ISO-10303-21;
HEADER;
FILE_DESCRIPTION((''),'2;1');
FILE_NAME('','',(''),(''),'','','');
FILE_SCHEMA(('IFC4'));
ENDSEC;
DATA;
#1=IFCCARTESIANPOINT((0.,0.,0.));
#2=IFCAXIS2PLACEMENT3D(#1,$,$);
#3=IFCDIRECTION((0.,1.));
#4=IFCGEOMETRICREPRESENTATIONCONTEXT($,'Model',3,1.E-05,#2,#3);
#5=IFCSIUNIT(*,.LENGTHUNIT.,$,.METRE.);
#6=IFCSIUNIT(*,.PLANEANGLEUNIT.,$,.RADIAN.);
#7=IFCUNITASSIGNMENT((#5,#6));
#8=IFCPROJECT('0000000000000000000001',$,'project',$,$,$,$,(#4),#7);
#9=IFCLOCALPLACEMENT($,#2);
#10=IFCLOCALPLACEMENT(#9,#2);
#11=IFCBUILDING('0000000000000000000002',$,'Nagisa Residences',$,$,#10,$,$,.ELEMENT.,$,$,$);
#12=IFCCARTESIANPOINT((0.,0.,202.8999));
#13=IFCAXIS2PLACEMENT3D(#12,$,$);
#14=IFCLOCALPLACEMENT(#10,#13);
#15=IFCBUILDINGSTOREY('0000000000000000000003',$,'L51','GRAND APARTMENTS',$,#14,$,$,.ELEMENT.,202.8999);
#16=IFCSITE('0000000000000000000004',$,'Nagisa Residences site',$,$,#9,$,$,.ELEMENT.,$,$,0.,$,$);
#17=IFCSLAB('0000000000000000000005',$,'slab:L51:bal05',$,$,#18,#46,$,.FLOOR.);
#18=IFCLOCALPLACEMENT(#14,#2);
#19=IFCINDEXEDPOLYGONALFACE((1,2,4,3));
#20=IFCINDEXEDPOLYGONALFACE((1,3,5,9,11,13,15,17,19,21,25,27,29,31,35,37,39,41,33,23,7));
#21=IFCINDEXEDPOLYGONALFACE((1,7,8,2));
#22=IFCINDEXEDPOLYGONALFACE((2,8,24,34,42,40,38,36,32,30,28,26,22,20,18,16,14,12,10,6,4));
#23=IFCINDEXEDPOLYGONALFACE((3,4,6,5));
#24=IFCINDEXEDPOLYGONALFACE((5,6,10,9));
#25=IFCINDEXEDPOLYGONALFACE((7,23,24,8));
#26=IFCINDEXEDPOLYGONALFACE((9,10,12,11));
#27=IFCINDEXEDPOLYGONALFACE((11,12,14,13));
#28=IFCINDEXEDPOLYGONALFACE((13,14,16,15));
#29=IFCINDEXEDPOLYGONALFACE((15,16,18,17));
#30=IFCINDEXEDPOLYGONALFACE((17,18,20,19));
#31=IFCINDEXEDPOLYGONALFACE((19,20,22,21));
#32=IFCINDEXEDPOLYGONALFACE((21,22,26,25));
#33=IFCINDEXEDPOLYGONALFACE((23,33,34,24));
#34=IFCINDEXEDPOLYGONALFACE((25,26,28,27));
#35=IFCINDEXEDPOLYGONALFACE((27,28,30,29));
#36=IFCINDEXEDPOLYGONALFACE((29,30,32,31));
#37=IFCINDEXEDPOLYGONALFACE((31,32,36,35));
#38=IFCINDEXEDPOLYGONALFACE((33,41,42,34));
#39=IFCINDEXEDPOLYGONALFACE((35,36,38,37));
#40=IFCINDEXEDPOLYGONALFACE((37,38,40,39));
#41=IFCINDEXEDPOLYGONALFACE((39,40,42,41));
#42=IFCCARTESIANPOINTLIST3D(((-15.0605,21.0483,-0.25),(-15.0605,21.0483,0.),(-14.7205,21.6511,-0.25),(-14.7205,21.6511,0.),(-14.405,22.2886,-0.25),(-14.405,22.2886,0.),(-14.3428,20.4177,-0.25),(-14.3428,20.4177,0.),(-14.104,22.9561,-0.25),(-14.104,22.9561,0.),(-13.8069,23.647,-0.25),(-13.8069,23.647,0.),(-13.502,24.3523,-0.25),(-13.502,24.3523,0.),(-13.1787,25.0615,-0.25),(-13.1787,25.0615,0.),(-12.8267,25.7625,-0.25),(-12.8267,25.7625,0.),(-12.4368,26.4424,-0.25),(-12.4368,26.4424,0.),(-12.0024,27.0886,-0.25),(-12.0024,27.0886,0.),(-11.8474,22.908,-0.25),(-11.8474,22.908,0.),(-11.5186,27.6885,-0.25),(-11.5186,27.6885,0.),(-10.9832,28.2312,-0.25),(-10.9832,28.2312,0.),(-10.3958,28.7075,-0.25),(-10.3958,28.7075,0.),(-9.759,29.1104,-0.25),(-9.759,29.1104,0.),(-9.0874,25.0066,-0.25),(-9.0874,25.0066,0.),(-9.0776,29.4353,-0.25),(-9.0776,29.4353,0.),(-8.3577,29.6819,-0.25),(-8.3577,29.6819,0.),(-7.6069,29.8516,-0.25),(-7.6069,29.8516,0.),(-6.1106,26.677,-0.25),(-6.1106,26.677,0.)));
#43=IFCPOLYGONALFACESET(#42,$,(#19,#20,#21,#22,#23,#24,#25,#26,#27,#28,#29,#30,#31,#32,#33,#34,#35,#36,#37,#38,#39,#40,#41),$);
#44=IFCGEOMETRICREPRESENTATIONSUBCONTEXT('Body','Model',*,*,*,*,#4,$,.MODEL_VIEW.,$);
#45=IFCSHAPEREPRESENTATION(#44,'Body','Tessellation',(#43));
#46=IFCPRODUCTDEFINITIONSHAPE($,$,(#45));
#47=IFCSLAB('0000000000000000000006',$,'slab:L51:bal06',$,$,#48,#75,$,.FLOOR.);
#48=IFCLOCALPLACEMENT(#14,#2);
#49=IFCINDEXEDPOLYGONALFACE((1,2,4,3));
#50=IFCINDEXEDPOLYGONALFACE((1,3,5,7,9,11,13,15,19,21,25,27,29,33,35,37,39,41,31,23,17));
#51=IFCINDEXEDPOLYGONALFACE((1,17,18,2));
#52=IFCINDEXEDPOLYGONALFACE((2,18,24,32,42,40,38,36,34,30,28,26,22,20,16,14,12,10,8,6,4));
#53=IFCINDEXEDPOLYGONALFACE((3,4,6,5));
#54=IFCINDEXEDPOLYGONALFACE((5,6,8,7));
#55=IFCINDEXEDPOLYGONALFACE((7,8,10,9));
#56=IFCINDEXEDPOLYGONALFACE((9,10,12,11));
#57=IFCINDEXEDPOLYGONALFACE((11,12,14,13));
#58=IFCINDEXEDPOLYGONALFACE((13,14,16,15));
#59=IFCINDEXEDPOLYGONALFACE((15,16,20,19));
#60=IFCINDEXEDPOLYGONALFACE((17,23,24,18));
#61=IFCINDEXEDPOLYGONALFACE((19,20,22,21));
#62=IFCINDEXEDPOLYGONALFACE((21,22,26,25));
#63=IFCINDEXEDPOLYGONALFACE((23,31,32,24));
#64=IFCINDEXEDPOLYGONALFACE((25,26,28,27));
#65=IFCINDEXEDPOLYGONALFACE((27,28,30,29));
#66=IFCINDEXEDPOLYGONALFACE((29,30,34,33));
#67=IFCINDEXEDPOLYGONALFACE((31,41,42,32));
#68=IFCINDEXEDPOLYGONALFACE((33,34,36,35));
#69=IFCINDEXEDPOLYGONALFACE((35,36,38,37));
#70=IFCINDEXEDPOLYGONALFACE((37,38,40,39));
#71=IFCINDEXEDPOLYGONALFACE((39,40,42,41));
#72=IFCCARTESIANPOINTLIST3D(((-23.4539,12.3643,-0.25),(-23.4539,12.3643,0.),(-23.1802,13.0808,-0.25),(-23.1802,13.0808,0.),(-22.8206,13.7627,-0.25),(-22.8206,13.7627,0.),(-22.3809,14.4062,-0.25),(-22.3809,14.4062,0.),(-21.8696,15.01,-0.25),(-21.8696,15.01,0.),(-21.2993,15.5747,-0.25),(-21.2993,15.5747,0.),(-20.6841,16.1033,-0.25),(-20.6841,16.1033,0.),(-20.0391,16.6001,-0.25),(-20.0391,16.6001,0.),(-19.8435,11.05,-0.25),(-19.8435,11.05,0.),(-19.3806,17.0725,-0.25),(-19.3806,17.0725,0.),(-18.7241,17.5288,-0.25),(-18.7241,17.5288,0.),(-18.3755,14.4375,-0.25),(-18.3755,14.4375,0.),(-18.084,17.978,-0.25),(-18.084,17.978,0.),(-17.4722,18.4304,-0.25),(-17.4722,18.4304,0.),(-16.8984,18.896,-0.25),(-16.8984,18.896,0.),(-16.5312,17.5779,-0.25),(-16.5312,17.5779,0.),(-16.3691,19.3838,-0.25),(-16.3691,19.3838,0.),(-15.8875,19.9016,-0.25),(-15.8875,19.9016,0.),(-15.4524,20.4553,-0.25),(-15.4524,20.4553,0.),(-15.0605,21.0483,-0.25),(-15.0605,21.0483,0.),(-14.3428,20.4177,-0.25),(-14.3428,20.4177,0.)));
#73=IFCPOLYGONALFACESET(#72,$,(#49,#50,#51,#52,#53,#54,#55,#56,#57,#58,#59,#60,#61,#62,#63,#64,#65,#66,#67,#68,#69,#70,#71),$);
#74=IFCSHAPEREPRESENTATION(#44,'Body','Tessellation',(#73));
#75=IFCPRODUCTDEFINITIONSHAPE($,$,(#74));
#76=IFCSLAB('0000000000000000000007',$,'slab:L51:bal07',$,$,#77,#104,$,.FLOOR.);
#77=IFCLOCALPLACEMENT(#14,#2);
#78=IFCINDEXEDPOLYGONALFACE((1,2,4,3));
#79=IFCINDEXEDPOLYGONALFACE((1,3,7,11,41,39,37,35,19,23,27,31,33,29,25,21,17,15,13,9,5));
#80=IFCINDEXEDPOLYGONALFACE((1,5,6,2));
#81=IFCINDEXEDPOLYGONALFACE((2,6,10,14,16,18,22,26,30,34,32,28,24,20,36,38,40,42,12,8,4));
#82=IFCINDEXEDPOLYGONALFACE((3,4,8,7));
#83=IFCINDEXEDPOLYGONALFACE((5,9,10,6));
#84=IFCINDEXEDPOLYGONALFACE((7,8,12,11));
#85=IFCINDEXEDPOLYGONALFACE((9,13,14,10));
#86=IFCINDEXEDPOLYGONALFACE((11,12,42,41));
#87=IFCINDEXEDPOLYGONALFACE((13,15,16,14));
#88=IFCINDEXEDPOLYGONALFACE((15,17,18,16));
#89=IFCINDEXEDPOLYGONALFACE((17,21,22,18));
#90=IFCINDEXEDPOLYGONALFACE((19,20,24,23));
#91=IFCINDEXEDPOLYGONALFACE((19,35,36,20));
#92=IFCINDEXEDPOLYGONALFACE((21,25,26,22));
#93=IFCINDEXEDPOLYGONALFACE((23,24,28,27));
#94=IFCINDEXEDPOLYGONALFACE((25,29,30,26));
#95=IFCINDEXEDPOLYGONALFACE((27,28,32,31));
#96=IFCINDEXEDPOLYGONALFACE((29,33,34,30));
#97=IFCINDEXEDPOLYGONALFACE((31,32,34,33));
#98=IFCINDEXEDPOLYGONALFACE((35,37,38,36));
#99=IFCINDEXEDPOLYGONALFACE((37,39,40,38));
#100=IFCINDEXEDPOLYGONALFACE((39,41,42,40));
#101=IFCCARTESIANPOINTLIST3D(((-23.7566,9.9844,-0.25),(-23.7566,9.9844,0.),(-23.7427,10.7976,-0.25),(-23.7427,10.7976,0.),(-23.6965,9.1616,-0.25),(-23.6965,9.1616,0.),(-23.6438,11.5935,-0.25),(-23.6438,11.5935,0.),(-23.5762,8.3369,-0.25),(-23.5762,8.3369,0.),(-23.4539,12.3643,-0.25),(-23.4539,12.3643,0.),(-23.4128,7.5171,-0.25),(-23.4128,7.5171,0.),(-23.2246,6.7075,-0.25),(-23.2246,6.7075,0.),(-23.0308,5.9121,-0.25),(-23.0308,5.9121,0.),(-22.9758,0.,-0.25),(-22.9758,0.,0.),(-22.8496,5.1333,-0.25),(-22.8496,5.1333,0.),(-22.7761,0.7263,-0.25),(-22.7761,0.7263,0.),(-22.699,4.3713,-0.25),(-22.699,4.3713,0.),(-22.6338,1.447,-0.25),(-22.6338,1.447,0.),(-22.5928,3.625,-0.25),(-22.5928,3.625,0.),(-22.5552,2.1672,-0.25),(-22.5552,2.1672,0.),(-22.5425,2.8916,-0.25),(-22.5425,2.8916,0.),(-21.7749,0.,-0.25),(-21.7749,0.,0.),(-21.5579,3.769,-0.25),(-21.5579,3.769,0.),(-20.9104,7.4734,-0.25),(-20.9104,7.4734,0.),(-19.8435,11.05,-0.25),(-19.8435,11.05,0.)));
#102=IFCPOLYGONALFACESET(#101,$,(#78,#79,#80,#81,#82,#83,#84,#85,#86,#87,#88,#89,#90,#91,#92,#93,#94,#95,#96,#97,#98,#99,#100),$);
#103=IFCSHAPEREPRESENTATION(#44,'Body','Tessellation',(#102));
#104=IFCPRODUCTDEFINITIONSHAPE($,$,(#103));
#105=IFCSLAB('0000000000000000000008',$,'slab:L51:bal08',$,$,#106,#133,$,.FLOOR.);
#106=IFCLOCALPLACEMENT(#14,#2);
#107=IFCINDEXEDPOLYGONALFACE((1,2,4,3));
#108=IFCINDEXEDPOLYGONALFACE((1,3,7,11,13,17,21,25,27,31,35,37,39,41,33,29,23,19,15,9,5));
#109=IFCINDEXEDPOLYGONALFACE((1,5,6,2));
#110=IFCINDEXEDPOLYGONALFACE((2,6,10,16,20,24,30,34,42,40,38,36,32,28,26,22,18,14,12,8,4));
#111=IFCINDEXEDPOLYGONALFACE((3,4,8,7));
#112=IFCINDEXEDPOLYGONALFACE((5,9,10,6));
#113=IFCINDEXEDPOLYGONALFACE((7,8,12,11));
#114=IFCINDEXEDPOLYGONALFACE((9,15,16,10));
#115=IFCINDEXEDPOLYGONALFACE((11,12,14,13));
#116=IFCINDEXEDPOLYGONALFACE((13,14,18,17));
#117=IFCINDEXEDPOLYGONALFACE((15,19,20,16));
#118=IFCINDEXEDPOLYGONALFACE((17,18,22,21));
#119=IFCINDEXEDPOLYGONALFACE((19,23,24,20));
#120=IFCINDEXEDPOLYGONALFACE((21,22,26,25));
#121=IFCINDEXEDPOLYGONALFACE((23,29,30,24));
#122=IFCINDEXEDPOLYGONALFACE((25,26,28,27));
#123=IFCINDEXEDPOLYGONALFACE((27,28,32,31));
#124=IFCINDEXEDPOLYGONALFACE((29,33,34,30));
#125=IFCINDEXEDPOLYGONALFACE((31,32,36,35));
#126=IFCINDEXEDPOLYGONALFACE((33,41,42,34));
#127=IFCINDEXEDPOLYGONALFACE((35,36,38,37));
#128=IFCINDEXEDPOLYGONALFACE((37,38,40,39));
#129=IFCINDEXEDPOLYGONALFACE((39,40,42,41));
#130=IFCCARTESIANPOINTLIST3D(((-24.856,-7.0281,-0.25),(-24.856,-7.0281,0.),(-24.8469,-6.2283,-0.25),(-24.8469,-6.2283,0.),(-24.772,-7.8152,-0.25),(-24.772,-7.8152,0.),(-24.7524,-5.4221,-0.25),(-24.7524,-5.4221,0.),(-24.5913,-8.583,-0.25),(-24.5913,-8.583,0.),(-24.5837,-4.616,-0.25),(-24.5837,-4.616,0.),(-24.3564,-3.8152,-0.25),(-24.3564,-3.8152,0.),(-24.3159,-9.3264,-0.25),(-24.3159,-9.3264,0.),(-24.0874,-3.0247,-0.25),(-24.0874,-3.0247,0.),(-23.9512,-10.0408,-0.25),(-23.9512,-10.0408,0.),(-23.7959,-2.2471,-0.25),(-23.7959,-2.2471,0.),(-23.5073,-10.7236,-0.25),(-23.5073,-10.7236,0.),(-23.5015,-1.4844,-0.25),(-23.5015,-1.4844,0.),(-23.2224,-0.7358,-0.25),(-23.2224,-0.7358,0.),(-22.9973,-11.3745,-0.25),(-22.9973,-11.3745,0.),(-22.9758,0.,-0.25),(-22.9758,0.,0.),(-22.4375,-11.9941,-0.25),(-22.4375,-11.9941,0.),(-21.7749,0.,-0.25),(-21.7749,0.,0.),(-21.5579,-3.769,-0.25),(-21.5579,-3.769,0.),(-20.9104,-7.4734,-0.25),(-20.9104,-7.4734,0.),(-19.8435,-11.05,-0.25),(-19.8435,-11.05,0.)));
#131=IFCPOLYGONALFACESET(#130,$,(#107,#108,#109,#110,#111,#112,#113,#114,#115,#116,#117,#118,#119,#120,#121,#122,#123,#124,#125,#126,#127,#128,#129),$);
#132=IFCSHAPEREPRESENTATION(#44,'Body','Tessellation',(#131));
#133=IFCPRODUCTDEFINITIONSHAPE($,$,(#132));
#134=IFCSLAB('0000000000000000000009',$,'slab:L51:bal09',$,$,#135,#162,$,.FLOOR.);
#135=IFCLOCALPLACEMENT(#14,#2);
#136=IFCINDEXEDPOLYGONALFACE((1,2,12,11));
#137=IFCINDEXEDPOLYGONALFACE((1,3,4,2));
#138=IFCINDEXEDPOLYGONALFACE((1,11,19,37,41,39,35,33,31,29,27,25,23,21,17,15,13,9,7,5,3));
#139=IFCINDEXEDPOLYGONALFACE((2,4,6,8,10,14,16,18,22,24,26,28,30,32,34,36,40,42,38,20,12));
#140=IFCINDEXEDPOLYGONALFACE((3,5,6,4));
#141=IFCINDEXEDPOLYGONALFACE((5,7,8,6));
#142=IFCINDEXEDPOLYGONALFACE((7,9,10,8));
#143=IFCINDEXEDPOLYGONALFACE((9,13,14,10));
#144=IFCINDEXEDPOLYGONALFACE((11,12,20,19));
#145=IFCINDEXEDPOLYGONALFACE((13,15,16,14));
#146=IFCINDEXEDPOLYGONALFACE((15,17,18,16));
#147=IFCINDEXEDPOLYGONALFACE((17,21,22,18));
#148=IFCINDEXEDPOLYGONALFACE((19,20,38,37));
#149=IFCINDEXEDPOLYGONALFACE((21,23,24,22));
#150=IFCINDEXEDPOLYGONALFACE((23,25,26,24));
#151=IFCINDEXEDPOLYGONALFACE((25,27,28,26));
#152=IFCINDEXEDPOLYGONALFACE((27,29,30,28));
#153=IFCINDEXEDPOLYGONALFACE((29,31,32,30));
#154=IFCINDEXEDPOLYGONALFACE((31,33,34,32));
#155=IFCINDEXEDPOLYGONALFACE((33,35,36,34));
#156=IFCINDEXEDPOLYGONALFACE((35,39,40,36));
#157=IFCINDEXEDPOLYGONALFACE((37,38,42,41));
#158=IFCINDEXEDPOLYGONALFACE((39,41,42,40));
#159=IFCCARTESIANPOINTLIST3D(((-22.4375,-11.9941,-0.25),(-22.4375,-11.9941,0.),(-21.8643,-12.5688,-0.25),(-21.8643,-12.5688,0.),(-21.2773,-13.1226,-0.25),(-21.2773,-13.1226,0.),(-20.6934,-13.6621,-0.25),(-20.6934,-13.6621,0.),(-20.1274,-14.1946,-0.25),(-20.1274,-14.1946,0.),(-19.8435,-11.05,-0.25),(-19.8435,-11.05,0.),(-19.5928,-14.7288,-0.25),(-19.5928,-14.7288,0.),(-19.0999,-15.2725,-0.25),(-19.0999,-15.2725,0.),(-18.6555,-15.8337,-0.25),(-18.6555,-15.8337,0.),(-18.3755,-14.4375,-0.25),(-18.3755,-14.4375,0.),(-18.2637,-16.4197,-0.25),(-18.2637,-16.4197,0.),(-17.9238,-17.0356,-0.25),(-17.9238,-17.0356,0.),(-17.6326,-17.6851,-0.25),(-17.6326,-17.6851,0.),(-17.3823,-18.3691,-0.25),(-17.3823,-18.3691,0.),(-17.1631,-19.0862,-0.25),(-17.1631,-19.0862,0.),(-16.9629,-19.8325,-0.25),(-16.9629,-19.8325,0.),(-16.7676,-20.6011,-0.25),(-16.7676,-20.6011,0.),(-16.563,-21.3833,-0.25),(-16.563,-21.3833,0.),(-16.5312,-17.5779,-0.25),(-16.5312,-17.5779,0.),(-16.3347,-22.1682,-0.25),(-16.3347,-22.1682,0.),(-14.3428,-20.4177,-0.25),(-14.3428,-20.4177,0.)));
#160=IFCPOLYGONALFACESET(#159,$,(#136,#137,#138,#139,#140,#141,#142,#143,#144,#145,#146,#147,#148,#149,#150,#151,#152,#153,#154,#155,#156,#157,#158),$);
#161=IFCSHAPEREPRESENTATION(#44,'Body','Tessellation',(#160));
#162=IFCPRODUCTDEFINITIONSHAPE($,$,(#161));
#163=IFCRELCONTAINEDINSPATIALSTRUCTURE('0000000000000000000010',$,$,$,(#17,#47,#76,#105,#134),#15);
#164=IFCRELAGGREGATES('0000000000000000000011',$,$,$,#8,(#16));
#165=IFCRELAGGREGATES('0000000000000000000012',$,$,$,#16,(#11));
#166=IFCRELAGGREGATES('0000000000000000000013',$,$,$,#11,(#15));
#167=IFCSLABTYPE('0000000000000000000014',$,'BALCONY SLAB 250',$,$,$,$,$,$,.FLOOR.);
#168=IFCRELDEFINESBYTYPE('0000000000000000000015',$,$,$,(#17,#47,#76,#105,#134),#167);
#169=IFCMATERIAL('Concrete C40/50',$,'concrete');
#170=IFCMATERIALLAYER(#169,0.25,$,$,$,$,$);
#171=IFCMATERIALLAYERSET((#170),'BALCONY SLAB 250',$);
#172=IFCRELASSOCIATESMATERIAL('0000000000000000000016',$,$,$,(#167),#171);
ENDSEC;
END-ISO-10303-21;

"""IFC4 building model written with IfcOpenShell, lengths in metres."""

from ifc_helpers import new_model, si_unit, direction, frame, origin, place, context, subcontext, project, spatial, polyline, outline, extrude, material, layer, layer_set, type_object, element, save


model = new_model("IFC4")

# Units and contexts
model_context = context("Model", 3, precision=1e-05, world=origin(), true_north=direction((0.0, 1.0)))
body_context = subcontext(model_context, "Body", "Model", "MODEL_VIEW")
ifc_project = project(units=[si_unit("LENGTHUNIT", "METRE"), si_unit("PLANEANGLEUNIT", "RADIAN")], contexts=[model_context])

# Site, building, storey
site_placement = place(None, origin())
site = spatial("IfcSite", under=ifc_project, at=site_placement, Name="Nagisa Residences site", CompositionType="ELEMENT", RefElevation=0.0)
building_placement = place(site_placement, origin())
building = spatial("IfcBuilding", under=site, at=building_placement, Name="Nagisa Residences", CompositionType="ELEMENT")
storey_placement = place(building_placement, frame((0.0, 0.0, 202.8999)))
storey = spatial("IfcBuildingStorey", under=building, at=storey_placement, Name="L51", Description="GRAND APARTMENTS", CompositionType="ELEMENT", Elevation=202.8999)

# Slabs
ifc_material_1 = material(Name="Concrete C40/50", Category="concrete")
ifc_layer_1 = layer(ifc_material_1, 0.25)
ifc_layer_set_1 = layer_set([ifc_layer_1], Name="BALCONY SLAB 250")
slab_type_1 = type_object("IfcSlabType", Name="BALCONY SLAB 250", PredefinedType="FLOOR", material=ifc_layer_set_1)
slab_1_placement = place(storey_placement, frame((0.0, 0.0, -0.25)))
element("IfcSlab", 1, at=slab_1_placement, inside=storey, type_object=slab_type_1, Name="slab:L51:bal05", PredefinedType="FLOOR", context=body_context, shape_type="SweptSolid", body=[
    extrude(outline(polyline([(-7.6069, 29.8516), (-8.3577, 29.6819), (-9.0776, 29.4353), (-9.759, 29.1104), (-10.3958, 28.7075), (-10.9832, 28.2312), (-11.5186, 27.6885), (-12.0024, 27.0886), (-12.4368, 26.4424), (-12.8267, 25.7625), (-13.1787, 25.0615), (-13.502, 24.3523), (-13.8069, 23.647), (-14.104, 22.9561), (-14.405, 22.2886), (-14.7205, 21.6511), (-15.0605, 21.0483), (-14.3428, 20.4177), (-11.8474, 22.908), (-9.0874, 25.0066), (-6.1106, 26.677), (-7.6069, 29.8516)])), origin(), (0.0, 0.0, 1.0), 0.25),
])
slab_2_placement = place(storey_placement, frame((0.0, 0.0, -0.25)))
element("IfcSlab", 2, at=slab_2_placement, inside=storey, type_object=slab_type_1, Name="slab:L51:bal06", PredefinedType="FLOOR", context=body_context, shape_type="SweptSolid", body=[
    extrude(outline(polyline([(-15.0605, 21.0483), (-15.4524, 20.4553), (-15.8875, 19.9016), (-16.3691, 19.3838), (-16.8984, 18.896), (-17.4722, 18.4304), (-18.084, 17.978), (-18.7241, 17.5288), (-19.3806, 17.0725), (-20.0391, 16.6001), (-20.6841, 16.1033), (-21.2993, 15.5747), (-21.8696, 15.01), (-22.3809, 14.4062), (-22.8206, 13.7627), (-23.1802, 13.0808), (-23.4539, 12.3643), (-19.8435, 11.05), (-18.3755, 14.4375), (-16.5312, 17.5779), (-14.3428, 20.4177), (-15.0605, 21.0483)])), origin(), (0.0, 0.0, 1.0), 0.25),
])
slab_3_placement = place(storey_placement, frame((0.0, 0.0, -0.25)))
element("IfcSlab", 3, at=slab_3_placement, inside=storey, type_object=slab_type_1, Name="slab:L51:bal07", PredefinedType="FLOOR", context=body_context, shape_type="SweptSolid", body=[
    extrude(outline(polyline([(-23.4539, 12.3643), (-23.6438, 11.5935), (-23.7427, 10.7976), (-23.7566, 9.9844), (-23.6965, 9.1616), (-23.5762, 8.3369), (-23.4128, 7.5171), (-23.2246, 6.7075), (-23.0308, 5.9121), (-22.8496, 5.1333), (-22.699, 4.3713), (-22.5928, 3.625), (-22.5425, 2.8916), (-22.5552, 2.1672), (-22.6338, 1.447), (-22.7761, 0.7263), (-22.9758, 0.0), (-21.7749, 0.0), (-21.5579, 3.769), (-20.9104, 7.4734), (-19.8435, 11.05), (-23.4539, 12.3643)])), origin(), (0.0, 0.0, 1.0), 0.25),
])
slab_4_placement = place(storey_placement, frame((0.0, 0.0, -0.25)))
element("IfcSlab", 4, at=slab_4_placement, inside=storey, type_object=slab_type_1, Name="slab:L51:bal08", PredefinedType="FLOOR", context=body_context, shape_type="SweptSolid", body=[
    extrude(outline(polyline([(-22.9758, 0.0), (-23.2224, -0.7358), (-23.5015, -1.4844), (-23.7959, -2.2471), (-24.0874, -3.0247), (-24.3564, -3.8152), (-24.5837, -4.616), (-24.7524, -5.4221), (-24.8469, -6.2283), (-24.856, -7.0281), (-24.772, -7.8152), (-24.5913, -8.583), (-24.3159, -9.3264), (-23.9512, -10.0408), (-23.5073, -10.7236), (-22.9973, -11.3745), (-22.4375, -11.9941), (-19.8435, -11.05), (-20.9104, -7.4734), (-21.5579, -3.769), (-21.7749, 0.0), (-22.9758, 0.0)])), origin(), (0.0, 0.0, 1.0), 0.25),
])
slab_5_placement = place(storey_placement, frame((0.0, 0.0, -0.25)))
element("IfcSlab", 5, at=slab_5_placement, inside=storey, type_object=slab_type_1, Name="slab:L51:bal09", PredefinedType="FLOOR", context=body_context, shape_type="SweptSolid", body=[
    extrude(outline(polyline([(-22.4375, -11.9941), (-21.8643, -12.5688), (-21.2773, -13.1226), (-20.6934, -13.6621), (-20.1274, -14.1946), (-19.5928, -14.7288), (-19.0999, -15.2725), (-18.6555, -15.8337), (-18.2637, -16.4197), (-17.9238, -17.0356), (-17.6326, -17.6851), (-17.3823, -18.3691), (-17.1631, -19.0862), (-16.9629, -19.8325), (-16.7676, -20.6011), (-16.563, -21.3833), (-16.3347, -22.1682), (-14.3428, -20.4177), (-16.5312, -17.5779), (-18.3755, -14.4375), (-19.8435, -11.05), (-22.4375, -11.9941)])), origin(), (0.0, 0.0, 1.0), 0.25),
])

save(model, "model.ifc")
